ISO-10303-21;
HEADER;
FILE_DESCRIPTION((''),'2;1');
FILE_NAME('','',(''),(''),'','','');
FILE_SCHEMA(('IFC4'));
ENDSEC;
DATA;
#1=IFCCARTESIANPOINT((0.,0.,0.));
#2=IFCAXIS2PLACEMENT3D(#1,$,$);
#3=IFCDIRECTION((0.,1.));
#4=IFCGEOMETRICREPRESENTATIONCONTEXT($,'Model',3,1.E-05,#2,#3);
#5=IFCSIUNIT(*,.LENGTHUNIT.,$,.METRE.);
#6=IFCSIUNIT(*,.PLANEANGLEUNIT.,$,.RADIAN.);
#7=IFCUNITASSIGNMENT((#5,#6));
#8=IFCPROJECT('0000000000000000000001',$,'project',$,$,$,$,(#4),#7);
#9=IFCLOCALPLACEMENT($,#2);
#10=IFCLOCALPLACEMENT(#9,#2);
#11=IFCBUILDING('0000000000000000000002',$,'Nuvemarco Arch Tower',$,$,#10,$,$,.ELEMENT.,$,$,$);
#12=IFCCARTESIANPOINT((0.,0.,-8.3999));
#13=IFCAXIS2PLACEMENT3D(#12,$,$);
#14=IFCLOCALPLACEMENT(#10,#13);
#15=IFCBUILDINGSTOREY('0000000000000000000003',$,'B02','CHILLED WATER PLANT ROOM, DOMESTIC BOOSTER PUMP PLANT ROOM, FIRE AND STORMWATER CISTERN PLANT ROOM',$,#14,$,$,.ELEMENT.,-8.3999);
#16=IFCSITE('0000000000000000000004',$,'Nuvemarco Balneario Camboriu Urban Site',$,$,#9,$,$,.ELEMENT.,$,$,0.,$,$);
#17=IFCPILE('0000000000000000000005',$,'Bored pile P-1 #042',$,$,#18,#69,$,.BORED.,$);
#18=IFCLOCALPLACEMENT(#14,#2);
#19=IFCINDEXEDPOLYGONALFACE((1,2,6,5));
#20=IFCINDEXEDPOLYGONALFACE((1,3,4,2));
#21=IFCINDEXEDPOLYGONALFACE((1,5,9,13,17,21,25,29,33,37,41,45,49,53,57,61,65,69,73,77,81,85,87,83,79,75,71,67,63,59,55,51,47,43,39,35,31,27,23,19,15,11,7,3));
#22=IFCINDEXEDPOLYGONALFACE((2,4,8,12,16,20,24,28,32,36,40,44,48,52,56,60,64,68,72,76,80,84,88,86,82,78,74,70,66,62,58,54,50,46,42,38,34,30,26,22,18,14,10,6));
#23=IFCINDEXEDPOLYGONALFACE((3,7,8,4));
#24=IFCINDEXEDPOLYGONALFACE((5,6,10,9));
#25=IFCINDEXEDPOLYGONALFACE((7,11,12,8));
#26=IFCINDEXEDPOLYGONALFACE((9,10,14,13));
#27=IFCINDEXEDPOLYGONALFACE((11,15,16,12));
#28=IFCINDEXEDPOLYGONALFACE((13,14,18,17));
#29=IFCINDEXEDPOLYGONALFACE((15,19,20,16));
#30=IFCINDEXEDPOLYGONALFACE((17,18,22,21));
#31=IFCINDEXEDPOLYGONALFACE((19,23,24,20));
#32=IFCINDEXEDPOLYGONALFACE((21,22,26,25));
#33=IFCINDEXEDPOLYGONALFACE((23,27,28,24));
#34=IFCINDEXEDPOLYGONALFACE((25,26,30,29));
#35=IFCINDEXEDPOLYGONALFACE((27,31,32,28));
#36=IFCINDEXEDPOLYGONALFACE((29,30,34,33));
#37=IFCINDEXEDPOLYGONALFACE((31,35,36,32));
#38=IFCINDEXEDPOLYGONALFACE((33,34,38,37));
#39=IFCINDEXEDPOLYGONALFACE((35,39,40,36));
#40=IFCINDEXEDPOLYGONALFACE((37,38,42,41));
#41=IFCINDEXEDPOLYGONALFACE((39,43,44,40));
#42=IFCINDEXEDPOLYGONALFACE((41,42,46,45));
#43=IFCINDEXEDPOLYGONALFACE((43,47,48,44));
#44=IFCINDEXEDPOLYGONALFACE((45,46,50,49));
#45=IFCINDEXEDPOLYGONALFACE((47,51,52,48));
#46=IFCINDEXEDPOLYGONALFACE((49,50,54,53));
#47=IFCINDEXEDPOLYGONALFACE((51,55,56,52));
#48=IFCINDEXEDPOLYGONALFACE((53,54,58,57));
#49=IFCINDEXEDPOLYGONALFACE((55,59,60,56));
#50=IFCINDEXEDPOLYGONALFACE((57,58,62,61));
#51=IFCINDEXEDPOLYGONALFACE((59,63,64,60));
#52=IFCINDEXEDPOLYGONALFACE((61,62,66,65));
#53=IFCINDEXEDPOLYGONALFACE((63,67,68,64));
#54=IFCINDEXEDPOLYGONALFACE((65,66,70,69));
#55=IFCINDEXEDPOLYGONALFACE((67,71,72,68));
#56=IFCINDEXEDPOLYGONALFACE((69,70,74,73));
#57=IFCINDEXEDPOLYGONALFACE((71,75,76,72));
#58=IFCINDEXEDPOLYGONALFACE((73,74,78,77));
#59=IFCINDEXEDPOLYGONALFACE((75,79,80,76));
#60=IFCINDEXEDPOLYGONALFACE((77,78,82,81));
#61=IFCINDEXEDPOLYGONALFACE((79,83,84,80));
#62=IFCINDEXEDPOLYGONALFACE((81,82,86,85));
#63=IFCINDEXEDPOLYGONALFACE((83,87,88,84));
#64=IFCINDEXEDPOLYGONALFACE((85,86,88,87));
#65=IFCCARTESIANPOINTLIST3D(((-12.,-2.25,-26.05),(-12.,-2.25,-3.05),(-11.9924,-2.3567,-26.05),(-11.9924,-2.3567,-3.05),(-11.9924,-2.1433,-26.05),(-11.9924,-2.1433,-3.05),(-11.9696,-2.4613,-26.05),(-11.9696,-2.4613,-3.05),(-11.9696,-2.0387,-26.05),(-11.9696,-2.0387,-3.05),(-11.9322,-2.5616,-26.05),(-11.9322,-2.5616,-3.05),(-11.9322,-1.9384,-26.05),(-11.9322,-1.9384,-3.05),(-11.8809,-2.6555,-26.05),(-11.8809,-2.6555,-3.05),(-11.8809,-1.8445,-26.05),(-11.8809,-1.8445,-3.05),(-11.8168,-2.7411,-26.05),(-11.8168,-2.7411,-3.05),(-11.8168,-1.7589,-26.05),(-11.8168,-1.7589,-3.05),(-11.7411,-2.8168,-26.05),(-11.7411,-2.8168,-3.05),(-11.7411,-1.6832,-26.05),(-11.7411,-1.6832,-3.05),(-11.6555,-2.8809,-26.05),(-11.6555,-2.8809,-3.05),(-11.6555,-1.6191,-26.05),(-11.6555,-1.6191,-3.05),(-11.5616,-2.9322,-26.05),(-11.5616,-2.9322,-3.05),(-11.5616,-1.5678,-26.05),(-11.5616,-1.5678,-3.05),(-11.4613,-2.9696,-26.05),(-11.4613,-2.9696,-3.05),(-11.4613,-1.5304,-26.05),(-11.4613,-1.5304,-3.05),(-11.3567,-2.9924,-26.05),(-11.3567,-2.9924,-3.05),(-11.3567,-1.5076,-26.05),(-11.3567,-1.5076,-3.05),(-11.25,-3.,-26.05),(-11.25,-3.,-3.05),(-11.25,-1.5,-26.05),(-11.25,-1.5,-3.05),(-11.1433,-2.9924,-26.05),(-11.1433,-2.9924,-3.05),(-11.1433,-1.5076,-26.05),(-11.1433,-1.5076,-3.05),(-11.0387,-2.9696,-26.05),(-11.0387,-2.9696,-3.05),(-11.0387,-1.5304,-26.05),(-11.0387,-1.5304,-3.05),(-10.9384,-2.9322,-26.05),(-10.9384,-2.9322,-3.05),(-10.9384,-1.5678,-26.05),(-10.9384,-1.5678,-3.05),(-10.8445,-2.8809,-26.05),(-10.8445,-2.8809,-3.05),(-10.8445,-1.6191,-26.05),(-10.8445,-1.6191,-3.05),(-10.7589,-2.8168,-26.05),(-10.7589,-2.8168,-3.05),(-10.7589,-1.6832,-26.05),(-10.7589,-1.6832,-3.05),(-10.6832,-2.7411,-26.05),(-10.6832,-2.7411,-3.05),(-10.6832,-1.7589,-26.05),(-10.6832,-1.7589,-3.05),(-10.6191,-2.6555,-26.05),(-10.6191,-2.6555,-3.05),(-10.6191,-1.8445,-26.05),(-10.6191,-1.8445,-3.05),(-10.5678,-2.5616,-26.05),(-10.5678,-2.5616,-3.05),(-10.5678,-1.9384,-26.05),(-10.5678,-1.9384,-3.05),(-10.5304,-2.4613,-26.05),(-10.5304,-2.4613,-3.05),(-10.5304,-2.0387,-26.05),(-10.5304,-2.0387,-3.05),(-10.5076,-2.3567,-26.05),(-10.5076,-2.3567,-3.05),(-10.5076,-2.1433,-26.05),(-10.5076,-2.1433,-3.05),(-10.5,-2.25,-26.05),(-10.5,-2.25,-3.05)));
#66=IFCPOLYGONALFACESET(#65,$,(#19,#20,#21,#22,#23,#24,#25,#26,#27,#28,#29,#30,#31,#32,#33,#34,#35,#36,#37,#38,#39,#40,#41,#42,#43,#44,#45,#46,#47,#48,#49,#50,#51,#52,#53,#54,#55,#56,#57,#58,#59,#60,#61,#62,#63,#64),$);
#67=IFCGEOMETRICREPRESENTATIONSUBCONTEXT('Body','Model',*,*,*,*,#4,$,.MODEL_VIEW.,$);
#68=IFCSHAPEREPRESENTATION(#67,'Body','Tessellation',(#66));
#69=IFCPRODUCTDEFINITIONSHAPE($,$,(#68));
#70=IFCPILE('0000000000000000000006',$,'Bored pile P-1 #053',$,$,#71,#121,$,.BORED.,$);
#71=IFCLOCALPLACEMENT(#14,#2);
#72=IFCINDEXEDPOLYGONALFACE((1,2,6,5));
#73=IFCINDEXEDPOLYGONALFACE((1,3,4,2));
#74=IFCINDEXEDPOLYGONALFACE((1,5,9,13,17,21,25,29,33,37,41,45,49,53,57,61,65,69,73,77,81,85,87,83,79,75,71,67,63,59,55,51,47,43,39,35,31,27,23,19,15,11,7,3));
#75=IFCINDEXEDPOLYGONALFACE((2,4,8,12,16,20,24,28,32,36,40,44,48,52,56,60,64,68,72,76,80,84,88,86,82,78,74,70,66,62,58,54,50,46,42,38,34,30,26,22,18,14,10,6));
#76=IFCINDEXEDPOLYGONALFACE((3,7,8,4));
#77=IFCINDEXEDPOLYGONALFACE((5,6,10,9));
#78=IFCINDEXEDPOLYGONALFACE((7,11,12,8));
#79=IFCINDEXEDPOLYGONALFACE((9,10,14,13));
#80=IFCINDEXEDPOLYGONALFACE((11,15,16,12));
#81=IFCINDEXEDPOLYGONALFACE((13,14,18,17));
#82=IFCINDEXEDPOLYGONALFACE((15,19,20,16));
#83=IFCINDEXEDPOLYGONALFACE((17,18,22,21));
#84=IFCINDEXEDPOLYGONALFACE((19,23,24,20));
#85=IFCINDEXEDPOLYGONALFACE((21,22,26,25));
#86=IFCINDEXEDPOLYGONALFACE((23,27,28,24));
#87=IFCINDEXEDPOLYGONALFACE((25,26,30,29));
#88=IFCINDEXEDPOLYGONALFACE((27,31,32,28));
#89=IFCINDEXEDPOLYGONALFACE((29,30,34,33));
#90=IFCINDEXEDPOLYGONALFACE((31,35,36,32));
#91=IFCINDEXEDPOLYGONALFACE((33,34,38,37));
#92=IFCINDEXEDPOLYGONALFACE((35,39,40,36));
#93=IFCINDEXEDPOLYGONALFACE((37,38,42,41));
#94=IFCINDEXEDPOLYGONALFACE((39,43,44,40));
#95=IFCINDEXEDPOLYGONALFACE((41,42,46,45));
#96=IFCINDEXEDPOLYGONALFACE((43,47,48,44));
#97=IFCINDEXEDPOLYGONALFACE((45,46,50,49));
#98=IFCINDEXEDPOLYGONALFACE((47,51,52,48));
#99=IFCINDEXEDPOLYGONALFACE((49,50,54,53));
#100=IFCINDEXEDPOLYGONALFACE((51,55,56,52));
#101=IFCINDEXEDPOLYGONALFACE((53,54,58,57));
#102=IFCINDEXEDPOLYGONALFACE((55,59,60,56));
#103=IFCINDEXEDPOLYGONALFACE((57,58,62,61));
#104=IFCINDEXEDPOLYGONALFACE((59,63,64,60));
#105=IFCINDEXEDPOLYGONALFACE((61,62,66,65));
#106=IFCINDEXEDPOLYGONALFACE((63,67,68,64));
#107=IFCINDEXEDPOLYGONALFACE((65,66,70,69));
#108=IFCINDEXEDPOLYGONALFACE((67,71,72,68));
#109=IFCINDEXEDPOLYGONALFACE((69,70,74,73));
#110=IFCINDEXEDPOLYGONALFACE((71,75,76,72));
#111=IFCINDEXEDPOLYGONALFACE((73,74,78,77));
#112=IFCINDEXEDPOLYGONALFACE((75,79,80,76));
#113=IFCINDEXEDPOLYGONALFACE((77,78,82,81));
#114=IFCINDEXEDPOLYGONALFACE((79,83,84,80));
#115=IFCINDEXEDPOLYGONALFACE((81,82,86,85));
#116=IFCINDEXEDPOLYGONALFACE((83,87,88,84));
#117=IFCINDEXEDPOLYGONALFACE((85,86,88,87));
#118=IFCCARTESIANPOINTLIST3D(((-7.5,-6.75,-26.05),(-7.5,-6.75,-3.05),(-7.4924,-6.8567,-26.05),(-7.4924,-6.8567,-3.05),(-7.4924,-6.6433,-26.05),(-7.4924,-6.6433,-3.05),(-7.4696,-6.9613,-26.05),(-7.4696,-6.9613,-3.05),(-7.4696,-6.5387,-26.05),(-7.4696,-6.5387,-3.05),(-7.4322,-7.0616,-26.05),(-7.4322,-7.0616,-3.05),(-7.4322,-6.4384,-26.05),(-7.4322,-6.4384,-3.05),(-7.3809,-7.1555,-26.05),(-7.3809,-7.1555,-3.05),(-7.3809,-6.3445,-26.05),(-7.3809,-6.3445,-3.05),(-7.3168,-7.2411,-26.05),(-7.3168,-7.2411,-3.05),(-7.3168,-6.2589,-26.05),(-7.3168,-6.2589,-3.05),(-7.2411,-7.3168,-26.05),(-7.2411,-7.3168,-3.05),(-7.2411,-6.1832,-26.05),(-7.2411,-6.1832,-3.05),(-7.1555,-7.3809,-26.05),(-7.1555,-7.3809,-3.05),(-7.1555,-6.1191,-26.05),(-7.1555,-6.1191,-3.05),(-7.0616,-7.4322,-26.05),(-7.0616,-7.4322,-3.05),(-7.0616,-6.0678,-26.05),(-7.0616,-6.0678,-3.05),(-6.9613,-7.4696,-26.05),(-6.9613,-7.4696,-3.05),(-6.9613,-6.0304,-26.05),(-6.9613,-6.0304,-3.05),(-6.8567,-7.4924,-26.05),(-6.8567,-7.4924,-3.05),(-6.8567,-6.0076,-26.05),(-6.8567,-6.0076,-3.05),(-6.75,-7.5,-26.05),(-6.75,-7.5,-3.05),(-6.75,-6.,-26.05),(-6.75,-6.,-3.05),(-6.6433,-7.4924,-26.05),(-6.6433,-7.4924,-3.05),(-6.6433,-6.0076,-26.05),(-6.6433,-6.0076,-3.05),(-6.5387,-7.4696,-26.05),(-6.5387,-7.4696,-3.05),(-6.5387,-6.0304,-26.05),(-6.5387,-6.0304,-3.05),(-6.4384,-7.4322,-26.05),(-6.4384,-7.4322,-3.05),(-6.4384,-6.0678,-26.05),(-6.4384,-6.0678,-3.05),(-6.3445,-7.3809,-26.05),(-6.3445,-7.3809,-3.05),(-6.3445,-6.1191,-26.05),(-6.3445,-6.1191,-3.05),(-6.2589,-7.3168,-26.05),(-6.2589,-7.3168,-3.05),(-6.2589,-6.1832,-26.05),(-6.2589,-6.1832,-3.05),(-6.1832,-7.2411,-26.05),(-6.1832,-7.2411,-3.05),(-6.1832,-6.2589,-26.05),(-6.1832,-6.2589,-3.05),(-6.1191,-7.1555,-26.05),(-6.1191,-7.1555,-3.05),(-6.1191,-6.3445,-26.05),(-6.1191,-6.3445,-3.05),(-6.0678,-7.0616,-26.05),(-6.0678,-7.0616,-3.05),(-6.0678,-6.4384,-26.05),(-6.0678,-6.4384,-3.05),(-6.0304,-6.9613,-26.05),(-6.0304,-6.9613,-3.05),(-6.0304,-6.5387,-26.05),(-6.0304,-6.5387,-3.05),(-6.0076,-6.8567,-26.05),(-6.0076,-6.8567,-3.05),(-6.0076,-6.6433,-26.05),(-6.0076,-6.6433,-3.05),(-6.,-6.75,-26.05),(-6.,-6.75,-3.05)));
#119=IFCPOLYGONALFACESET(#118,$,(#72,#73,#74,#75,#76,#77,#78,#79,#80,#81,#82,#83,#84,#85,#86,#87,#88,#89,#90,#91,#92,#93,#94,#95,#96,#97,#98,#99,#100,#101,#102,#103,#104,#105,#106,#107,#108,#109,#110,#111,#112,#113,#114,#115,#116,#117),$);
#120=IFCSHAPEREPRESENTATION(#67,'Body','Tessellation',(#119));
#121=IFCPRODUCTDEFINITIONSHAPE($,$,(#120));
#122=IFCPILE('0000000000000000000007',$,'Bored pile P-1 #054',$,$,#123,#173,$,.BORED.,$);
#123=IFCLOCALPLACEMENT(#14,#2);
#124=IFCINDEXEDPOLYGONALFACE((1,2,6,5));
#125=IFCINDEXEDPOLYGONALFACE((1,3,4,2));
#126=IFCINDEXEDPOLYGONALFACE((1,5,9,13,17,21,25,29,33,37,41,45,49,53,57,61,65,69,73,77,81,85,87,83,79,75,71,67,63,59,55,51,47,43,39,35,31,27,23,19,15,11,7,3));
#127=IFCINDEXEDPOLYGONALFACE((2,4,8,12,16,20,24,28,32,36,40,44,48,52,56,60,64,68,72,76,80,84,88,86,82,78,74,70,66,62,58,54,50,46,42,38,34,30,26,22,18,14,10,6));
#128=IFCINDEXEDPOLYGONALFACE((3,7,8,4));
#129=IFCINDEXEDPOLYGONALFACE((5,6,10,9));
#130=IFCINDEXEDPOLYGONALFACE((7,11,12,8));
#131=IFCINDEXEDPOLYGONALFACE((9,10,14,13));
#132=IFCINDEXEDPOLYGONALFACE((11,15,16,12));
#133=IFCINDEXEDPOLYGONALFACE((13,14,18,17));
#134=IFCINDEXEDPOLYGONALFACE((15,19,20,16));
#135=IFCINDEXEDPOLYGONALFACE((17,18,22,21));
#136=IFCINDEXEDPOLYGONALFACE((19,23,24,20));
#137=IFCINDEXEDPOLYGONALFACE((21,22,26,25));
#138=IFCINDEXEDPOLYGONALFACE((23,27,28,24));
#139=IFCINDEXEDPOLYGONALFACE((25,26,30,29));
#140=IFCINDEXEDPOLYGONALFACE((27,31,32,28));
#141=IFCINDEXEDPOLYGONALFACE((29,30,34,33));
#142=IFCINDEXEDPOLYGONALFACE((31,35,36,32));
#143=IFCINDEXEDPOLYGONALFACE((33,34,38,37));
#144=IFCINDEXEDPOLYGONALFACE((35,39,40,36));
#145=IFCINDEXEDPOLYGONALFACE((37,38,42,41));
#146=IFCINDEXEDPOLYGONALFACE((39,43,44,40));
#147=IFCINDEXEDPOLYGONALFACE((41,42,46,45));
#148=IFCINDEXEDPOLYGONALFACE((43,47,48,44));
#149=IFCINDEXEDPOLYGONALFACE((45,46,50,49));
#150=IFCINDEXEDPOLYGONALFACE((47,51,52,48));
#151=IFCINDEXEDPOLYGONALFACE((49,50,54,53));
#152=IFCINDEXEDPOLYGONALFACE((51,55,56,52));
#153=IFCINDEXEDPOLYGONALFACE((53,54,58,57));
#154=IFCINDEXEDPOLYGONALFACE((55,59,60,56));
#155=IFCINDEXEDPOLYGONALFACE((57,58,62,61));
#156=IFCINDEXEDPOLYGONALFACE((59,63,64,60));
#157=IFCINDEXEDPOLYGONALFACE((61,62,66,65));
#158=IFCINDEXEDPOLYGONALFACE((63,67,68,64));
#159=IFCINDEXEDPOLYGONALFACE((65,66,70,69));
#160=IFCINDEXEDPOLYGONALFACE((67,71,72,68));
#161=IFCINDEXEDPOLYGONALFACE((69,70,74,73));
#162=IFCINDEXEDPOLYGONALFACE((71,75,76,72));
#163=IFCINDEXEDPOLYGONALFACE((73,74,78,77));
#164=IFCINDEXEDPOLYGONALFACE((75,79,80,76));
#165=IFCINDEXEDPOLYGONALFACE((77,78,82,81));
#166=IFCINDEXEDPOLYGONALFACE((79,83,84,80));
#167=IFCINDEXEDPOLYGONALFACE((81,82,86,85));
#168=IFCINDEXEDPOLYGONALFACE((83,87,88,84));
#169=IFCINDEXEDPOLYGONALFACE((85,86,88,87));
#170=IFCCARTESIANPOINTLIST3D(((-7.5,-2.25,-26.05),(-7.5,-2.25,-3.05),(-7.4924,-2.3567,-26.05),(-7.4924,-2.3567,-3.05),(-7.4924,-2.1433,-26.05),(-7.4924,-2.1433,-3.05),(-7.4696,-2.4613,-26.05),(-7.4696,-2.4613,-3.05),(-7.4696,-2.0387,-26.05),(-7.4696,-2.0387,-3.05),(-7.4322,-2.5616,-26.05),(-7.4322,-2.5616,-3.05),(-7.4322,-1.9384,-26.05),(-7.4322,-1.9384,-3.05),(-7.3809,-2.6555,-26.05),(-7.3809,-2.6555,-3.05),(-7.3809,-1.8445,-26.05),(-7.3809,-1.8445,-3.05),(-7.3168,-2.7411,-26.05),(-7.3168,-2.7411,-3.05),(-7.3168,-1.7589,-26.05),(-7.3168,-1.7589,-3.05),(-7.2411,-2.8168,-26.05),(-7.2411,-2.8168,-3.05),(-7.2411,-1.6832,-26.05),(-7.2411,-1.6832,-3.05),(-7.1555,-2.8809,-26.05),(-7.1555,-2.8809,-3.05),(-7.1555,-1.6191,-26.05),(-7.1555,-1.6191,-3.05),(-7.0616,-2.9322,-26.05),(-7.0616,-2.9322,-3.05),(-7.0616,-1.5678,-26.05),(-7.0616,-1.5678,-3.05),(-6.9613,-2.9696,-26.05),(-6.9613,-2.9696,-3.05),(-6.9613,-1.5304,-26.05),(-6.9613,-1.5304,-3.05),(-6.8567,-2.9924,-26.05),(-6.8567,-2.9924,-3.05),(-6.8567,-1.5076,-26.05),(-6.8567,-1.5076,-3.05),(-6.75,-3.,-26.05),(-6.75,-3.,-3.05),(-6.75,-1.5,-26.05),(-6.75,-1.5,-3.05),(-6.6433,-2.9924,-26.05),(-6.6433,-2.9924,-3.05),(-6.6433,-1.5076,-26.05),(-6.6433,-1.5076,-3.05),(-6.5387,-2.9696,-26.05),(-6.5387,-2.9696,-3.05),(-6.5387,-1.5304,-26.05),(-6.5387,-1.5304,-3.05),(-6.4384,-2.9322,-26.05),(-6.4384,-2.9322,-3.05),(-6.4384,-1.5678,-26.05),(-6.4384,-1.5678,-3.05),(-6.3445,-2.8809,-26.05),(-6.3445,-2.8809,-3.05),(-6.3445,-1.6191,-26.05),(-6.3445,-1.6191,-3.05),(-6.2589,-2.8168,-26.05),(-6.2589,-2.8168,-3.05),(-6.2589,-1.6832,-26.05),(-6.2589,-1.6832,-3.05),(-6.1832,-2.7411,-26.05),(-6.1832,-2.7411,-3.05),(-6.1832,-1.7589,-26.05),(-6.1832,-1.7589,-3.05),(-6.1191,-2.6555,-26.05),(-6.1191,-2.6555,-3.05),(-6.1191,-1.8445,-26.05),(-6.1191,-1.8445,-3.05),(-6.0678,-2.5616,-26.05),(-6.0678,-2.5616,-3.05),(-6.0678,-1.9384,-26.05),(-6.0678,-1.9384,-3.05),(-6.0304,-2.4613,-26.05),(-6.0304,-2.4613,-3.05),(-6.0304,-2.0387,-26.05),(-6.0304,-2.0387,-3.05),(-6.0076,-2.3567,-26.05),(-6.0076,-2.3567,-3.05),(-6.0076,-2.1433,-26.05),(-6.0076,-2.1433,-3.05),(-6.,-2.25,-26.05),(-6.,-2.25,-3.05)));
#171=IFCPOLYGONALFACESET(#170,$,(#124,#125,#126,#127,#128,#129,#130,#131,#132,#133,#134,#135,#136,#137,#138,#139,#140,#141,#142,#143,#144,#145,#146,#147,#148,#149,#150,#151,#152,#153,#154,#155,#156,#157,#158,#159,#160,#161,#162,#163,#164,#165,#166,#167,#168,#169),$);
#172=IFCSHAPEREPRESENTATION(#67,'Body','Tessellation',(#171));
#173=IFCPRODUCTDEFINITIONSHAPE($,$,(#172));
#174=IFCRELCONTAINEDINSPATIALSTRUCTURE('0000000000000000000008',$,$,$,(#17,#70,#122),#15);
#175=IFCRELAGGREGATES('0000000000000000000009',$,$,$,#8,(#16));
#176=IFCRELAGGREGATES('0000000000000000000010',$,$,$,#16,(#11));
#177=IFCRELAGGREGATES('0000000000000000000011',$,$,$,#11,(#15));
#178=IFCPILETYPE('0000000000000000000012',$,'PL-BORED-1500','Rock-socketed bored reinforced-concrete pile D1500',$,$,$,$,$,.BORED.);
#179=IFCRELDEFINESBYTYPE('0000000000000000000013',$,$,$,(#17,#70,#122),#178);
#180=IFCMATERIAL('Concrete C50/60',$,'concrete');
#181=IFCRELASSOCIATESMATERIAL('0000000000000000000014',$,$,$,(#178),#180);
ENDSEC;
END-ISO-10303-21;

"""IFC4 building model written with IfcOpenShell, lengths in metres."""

from ifc_helpers import new_model, si_unit, direction, frame, origin, origin_2d, place, context, subcontext, project, spatial, circle, extrude, material, material_profile, profile_set, type_object, element, save


model = new_model("IFC4")

# Units and contexts
model_context = context("Model", 3, precision=1e-05, world=origin(), true_north=direction((0.0, 1.0)))
body_context = subcontext(model_context, "Body", "Model", "MODEL_VIEW")
ifc_project = project(units=[si_unit("LENGTHUNIT", "METRE"), si_unit("PLANEANGLEUNIT", "RADIAN")], contexts=[model_context])

# Site, building, storey
site_placement = place(None, origin())
site = spatial("IfcSite", under=ifc_project, at=site_placement, Name="Nuvemarco Balneario Camboriu Urban Site", CompositionType="ELEMENT", RefElevation=0.0)
building_placement = place(site_placement, origin())
building = spatial("IfcBuilding", under=site, at=building_placement, Name="Nuvemarco Arch Tower", CompositionType="ELEMENT")
storey_placement = place(building_placement, frame((0.0, 0.0, -8.3999)))
storey = spatial("IfcBuildingStorey", under=building, at=storey_placement, Name="B02", Description="CHILLED WATER PLANT ROOM, DOMESTIC BOOSTER PUMP PLANT ROOM, FIRE AND STORMWATER CISTERN PLANT ROOM", CompositionType="ELEMENT", Elevation=-8.3999)

# Piles
ifc_material_1 = material(Name="Concrete C50/60", Category="concrete")
ifc_material_profile_1 = material_profile(ifc_material_1, circle(Radius=0.75, at=origin_2d()), Name="PILE-D1500")
ifc_profile_set_1 = profile_set([ifc_material_profile_1], Name="Concrete C50/60")
pile_type = type_object("IfcPileType", Name="PL-BORED-1500", Description="Rock-socketed bored reinforced-concrete pile D1500", PredefinedType="BORED", material=ifc_profile_set_1)
for number, where, z_axis, x_axis, name in (
    (1, (-11.25, -2.25, -3.05), (0.0, 0.0, -1.0), (1.0, 0.0, 0.0), "Bored pile P-1 #042"),
    (2, (-6.75, -6.75, -3.05), (0.0, 0.0, -1.0), (1.0, 0.0, 0.0), "Bored pile P-1 #053"),
    (3, (-6.75, -2.25, -3.05), (0.0, 0.0, -1.0), (1.0, 0.0, 0.0), "Bored pile P-1 #054"),
):
    element("IfcPile", number, at=place(storey_placement, frame(where, z_axis=z_axis, x_axis=x_axis)), inside=storey, type_object=pile_type, Name=name, PredefinedType="BORED", context=body_context, shape_type="SweptSolid", body=[
        extrude(circle(Radius=0.75, at=origin_2d()), origin(), (0.0, 0.0, 1.0), 23.0),
    ])

save(model, "model.ifc")
